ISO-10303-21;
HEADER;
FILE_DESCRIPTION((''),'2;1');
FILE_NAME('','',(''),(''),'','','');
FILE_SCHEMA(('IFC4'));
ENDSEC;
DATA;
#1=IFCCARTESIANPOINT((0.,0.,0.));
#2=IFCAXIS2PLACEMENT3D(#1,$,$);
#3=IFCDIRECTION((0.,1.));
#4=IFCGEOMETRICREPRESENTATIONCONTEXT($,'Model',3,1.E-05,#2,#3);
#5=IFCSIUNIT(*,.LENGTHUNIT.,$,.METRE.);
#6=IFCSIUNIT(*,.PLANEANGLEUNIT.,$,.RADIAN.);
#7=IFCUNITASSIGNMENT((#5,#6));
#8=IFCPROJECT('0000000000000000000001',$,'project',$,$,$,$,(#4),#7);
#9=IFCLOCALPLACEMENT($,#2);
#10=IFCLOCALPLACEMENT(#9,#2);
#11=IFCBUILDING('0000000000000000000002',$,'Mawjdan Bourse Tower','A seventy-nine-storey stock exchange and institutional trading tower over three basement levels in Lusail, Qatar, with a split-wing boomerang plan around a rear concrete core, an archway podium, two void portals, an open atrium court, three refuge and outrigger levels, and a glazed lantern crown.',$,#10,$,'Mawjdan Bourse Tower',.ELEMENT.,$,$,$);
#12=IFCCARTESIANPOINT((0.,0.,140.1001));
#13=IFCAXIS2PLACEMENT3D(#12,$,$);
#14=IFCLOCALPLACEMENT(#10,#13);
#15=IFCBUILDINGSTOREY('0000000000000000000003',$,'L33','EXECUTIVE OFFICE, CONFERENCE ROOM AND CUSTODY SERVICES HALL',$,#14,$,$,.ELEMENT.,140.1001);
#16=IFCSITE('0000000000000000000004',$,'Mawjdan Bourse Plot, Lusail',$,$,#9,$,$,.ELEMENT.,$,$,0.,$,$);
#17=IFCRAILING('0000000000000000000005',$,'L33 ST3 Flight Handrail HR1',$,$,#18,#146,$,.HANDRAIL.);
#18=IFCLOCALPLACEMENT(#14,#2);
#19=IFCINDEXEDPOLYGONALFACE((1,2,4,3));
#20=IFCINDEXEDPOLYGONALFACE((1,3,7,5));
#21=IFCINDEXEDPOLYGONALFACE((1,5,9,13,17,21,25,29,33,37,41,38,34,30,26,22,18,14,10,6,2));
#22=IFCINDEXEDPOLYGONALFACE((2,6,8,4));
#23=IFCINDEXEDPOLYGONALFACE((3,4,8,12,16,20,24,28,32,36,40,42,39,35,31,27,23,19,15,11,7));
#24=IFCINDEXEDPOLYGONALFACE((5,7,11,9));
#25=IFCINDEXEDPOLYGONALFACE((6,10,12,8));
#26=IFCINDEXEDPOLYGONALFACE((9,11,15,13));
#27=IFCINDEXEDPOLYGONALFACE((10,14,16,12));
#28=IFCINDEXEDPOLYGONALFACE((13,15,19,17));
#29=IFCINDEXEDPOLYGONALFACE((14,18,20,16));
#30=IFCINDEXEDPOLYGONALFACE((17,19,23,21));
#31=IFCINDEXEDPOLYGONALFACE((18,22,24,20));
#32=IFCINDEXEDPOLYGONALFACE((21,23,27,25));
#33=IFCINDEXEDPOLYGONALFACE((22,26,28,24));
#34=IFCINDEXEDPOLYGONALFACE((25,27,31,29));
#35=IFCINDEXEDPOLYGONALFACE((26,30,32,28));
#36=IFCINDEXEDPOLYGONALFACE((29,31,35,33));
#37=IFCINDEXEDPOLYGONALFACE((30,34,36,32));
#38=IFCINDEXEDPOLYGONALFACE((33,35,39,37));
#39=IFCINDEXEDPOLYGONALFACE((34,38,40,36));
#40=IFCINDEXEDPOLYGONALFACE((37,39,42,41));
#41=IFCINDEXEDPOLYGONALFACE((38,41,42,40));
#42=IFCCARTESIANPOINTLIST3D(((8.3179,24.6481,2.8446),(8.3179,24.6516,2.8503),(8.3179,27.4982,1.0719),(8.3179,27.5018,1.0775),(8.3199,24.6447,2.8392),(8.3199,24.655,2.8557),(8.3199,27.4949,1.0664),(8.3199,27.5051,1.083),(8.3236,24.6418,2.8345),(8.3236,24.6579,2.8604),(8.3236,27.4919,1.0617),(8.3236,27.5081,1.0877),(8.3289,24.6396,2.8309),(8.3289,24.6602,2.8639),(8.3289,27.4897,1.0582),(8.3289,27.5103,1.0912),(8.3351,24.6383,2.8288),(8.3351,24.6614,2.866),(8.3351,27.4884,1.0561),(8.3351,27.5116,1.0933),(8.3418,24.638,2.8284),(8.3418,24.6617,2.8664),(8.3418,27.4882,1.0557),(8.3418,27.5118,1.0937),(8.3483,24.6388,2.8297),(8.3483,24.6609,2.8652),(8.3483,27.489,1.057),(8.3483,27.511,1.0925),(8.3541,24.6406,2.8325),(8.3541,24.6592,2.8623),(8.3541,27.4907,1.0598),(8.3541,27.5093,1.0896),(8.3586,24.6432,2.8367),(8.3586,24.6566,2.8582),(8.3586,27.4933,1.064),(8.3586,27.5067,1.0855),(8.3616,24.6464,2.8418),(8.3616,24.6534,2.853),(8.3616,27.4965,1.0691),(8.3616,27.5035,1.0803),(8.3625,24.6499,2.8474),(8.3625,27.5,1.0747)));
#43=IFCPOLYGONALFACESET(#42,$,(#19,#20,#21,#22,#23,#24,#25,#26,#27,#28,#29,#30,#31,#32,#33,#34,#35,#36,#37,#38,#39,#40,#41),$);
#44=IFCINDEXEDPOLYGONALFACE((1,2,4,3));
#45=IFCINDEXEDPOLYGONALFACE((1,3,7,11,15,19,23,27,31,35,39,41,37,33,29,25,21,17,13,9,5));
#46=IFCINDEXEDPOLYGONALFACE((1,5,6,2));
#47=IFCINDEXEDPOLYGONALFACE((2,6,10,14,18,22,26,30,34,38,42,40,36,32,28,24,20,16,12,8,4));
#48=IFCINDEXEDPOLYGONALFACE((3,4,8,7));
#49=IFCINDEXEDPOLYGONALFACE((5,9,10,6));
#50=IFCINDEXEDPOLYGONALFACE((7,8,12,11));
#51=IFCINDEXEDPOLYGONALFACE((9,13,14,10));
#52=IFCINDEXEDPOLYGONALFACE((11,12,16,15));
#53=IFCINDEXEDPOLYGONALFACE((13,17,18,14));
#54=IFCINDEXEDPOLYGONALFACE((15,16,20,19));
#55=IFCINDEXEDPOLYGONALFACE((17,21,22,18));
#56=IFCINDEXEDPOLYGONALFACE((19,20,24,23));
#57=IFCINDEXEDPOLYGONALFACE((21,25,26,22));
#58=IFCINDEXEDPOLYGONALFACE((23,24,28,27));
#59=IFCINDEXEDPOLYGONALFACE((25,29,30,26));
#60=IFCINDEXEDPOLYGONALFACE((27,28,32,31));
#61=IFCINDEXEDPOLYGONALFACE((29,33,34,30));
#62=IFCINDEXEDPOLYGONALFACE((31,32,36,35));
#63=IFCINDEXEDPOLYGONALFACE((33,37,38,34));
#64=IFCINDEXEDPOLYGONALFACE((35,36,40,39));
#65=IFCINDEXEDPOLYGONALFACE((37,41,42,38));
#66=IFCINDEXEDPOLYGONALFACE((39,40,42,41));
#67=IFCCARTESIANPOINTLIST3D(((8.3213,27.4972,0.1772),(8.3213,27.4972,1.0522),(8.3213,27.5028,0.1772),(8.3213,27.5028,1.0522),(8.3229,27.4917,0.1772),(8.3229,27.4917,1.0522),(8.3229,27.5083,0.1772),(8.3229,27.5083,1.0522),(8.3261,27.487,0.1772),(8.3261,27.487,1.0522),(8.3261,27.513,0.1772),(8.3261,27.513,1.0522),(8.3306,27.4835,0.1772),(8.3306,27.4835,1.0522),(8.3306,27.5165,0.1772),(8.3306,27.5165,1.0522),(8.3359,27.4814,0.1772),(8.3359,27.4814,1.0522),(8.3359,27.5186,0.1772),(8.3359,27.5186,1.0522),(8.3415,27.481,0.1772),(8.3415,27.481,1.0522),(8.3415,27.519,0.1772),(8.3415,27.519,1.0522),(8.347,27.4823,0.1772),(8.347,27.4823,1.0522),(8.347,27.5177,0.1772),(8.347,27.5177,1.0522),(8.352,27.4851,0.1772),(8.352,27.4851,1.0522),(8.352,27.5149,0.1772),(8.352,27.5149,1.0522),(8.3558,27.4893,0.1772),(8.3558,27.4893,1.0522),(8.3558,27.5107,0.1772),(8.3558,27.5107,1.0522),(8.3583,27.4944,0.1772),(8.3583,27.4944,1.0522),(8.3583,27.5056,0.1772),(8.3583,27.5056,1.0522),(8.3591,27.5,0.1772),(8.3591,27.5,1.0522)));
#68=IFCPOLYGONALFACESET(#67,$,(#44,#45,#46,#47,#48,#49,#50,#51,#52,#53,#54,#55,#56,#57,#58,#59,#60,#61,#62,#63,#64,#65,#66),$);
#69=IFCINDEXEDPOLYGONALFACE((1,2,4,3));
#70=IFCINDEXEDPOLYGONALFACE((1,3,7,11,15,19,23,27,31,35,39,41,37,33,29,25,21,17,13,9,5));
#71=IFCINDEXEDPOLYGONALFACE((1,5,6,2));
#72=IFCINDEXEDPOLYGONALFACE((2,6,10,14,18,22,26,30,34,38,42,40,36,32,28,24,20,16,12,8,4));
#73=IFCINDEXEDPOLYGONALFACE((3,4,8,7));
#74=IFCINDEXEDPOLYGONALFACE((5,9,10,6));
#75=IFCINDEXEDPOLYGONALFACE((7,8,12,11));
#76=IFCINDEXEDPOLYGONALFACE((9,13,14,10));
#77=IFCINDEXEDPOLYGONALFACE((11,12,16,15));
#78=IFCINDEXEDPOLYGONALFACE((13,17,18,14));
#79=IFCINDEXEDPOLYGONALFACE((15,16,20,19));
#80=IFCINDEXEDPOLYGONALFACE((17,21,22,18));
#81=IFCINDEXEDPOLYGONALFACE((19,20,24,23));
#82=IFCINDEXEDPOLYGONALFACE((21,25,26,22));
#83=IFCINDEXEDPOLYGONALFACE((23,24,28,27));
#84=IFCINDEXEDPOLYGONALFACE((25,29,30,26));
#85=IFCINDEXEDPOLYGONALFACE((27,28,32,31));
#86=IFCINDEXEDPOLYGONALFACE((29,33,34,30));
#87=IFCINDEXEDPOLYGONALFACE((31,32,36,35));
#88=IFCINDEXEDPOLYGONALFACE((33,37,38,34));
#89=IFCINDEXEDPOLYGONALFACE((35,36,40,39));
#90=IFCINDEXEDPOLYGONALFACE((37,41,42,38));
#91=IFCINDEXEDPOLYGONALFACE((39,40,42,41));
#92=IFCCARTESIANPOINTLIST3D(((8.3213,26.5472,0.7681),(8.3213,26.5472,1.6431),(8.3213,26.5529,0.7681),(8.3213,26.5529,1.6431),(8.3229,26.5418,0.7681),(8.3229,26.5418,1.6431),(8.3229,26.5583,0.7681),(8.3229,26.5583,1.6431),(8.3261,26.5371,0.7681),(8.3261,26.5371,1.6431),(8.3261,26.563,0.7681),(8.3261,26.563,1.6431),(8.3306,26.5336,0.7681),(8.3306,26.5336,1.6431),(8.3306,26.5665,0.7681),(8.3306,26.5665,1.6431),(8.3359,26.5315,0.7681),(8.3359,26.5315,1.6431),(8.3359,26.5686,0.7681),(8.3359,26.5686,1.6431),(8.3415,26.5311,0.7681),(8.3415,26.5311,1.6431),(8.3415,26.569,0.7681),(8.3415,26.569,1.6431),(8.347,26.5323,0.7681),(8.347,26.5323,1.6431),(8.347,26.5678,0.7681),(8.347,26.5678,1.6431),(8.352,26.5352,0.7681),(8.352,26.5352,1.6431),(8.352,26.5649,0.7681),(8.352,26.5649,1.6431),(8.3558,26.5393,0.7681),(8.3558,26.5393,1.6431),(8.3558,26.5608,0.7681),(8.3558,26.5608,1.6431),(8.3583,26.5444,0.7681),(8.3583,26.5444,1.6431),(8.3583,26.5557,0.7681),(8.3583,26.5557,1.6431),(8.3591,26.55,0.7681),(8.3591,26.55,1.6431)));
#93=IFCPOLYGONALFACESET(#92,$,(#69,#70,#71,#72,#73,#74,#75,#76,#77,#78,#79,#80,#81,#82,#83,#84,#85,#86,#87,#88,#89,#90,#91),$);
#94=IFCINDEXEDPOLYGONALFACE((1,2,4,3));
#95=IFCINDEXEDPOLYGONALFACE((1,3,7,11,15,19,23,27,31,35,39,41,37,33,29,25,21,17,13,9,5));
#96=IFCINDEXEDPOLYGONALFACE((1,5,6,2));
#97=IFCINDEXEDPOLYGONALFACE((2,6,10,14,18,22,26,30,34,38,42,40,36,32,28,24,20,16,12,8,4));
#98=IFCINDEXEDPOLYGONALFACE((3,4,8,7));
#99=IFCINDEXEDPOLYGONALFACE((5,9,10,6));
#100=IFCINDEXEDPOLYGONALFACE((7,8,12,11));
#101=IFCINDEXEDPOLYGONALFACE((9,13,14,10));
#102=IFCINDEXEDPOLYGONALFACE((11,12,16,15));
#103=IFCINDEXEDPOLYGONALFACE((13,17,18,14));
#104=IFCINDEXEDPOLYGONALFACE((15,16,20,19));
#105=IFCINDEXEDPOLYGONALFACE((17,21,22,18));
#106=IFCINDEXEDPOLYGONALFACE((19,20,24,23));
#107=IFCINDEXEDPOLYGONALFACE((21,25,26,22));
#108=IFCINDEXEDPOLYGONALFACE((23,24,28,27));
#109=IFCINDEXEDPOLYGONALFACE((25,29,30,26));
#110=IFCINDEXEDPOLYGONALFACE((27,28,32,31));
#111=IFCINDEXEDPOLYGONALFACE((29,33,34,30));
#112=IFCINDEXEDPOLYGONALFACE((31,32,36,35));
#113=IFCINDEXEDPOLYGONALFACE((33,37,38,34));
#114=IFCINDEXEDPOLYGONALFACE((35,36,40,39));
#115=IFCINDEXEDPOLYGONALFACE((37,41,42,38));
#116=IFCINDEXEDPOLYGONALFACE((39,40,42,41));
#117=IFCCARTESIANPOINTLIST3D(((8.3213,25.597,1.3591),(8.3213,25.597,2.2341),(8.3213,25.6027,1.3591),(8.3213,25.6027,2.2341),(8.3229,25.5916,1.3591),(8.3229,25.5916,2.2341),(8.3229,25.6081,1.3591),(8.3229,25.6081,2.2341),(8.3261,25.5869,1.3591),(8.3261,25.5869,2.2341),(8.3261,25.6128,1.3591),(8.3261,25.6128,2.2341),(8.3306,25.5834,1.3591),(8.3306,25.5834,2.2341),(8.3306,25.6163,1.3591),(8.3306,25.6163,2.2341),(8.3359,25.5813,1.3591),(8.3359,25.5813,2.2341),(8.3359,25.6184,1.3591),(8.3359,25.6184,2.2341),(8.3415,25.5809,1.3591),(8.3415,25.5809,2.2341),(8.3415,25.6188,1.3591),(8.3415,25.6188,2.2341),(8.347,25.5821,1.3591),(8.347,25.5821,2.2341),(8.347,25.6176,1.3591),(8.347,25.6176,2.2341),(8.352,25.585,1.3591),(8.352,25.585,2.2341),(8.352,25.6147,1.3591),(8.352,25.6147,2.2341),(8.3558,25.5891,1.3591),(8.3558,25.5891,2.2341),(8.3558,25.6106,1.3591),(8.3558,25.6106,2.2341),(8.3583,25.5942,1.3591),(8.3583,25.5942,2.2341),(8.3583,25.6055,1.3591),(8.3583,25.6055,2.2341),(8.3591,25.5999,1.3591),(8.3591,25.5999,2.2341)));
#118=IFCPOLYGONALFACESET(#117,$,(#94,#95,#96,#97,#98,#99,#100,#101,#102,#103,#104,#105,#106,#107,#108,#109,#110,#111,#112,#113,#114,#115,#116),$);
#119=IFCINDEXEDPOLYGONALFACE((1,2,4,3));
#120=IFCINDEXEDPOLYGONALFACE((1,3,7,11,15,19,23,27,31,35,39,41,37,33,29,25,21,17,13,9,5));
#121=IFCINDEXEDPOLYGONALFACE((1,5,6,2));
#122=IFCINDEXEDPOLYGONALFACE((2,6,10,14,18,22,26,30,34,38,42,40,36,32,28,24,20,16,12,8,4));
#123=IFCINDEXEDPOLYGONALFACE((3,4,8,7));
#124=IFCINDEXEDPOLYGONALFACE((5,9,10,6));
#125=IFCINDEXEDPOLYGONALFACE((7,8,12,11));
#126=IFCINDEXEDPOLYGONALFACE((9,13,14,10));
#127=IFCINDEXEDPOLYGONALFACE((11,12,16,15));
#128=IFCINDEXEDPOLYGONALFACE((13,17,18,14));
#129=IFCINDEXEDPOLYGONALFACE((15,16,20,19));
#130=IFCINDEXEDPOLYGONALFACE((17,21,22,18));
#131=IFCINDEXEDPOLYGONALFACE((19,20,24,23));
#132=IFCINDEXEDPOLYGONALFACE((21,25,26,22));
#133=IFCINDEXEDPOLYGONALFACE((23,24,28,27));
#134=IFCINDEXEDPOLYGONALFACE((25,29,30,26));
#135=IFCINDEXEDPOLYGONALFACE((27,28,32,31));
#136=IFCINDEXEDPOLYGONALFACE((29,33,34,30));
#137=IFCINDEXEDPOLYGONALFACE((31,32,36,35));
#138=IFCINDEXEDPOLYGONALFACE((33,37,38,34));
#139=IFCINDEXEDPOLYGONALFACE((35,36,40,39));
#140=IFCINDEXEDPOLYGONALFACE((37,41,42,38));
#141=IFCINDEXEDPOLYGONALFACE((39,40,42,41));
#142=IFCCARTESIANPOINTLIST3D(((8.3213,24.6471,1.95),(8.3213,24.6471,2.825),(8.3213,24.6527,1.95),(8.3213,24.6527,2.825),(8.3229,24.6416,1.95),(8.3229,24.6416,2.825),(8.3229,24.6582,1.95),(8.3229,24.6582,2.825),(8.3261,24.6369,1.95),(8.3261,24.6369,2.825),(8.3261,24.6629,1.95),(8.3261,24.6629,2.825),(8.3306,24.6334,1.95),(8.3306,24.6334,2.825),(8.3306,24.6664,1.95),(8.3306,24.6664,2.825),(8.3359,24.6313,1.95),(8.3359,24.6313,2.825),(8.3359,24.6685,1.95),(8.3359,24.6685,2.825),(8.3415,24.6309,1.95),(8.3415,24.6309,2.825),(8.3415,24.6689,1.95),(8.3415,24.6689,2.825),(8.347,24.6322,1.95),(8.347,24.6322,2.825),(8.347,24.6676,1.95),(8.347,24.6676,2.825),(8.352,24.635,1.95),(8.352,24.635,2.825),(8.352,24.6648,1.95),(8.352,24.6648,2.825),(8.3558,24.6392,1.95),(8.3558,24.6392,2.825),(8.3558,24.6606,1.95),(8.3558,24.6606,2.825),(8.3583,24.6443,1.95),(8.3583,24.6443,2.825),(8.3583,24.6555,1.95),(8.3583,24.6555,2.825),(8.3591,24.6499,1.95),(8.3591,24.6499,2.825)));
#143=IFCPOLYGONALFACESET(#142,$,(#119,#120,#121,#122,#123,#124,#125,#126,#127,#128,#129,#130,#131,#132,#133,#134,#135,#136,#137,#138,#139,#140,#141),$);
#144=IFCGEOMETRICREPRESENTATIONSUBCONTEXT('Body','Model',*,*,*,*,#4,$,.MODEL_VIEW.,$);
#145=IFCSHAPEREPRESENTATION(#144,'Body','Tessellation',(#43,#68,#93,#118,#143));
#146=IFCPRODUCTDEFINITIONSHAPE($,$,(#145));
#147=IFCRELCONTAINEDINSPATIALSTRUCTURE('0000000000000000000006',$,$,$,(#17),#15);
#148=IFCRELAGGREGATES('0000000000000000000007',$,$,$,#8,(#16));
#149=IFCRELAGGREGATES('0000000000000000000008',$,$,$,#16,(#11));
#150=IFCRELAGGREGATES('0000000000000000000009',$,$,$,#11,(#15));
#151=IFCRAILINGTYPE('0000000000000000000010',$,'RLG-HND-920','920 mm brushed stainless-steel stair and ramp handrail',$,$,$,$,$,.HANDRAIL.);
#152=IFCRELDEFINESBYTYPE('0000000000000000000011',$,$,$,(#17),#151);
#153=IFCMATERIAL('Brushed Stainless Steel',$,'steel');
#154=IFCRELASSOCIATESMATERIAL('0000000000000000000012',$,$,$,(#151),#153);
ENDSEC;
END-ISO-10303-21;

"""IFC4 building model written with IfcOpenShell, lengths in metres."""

from ifc_helpers import new_model, si_unit, direction, frame, origin, origin_2d, place, context, subcontext, project, spatial, circle, extrude, material, type_object, element, save


model = new_model("IFC4")

# Units and contexts
model_context = context("Model", 3, precision=1e-05, world=origin(), true_north=direction((0.0, 1.0)))
body_context = subcontext(model_context, "Body", "Model", "MODEL_VIEW")
ifc_project = project(units=[si_unit("LENGTHUNIT", "METRE"), si_unit("PLANEANGLEUNIT", "RADIAN")], contexts=[model_context])

# Site, building, storey
site_placement = place(None, origin())
site = spatial("IfcSite", under=ifc_project, at=site_placement, Name="Mawjdan Bourse Plot, Lusail", CompositionType="ELEMENT", RefElevation=0.0)
building_placement = place(site_placement, origin())
building = spatial("IfcBuilding", under=site, at=building_placement, Name="Mawjdan Bourse Tower", Description="A seventy-nine-storey stock exchange and institutional trading tower over three basement levels in Lusail, Qatar, with a split-wing boomerang plan around a rear concrete core, an archway podium, two void portals, an open atrium court, three refuge and outrigger levels, and a glazed lantern crown.", LongName="Mawjdan Bourse Tower", CompositionType="ELEMENT")
storey_placement = place(building_placement, frame((0.0, 0.0, 140.1001)))
storey = spatial("IfcBuildingStorey", under=building, at=storey_placement, Name="L33", Description="EXECUTIVE OFFICE, CONFERENCE ROOM AND CUSTODY SERVICES HALL", CompositionType="ELEMENT", Elevation=140.1001)

# Railing
ifc_material_1 = material(Name="Brushed Stainless Steel", Category="steel")
railing_type = type_object("IfcRailingType", Name="RLG-HND-920", Description="920 mm brushed stainless-steel stair and ramp handrail", PredefinedType="HANDRAIL", material=ifc_material_1)
railing_placement = place(storey_placement, frame((8.3401, 27.5, 0.1772)))
element("IfcRailing", 1, at=railing_placement, inside=storey, type_object=railing_type, Name="L33 ST3 Flight Handrail HR1", PredefinedType="HANDRAIL", context=body_context, shape_type="SweptSolid", body=[
    extrude(circle(Radius=0.0225, at=origin_2d()), frame((0.0, 0.0, 0.8975), z_axis=(0.0, -0.849149, 0.528154), x_axis=(1.0, 0.0, 0.0)), (0.0, 0.0, 1.0), 3.3564),
    extrude(circle(Radius=0.019, at=origin_2d()), origin(), (0.0, 0.0, 1.0), 0.875),
    extrude(circle(Radius=0.019, at=origin_2d()), frame((0.0, -0.95, 0.5908)), (0.0, 0.0, 1.0), 0.875),
    extrude(circle(Radius=0.019, at=origin_2d()), frame((0.0, -1.9001, 1.1819)), (0.0, 0.0, 1.0), 0.875),
    extrude(circle(Radius=0.019, at=origin_2d()), frame((0.0, -2.8501, 1.7727)), (0.0, 0.0, 1.0), 0.875),
])

save(model, "model.ifc")
